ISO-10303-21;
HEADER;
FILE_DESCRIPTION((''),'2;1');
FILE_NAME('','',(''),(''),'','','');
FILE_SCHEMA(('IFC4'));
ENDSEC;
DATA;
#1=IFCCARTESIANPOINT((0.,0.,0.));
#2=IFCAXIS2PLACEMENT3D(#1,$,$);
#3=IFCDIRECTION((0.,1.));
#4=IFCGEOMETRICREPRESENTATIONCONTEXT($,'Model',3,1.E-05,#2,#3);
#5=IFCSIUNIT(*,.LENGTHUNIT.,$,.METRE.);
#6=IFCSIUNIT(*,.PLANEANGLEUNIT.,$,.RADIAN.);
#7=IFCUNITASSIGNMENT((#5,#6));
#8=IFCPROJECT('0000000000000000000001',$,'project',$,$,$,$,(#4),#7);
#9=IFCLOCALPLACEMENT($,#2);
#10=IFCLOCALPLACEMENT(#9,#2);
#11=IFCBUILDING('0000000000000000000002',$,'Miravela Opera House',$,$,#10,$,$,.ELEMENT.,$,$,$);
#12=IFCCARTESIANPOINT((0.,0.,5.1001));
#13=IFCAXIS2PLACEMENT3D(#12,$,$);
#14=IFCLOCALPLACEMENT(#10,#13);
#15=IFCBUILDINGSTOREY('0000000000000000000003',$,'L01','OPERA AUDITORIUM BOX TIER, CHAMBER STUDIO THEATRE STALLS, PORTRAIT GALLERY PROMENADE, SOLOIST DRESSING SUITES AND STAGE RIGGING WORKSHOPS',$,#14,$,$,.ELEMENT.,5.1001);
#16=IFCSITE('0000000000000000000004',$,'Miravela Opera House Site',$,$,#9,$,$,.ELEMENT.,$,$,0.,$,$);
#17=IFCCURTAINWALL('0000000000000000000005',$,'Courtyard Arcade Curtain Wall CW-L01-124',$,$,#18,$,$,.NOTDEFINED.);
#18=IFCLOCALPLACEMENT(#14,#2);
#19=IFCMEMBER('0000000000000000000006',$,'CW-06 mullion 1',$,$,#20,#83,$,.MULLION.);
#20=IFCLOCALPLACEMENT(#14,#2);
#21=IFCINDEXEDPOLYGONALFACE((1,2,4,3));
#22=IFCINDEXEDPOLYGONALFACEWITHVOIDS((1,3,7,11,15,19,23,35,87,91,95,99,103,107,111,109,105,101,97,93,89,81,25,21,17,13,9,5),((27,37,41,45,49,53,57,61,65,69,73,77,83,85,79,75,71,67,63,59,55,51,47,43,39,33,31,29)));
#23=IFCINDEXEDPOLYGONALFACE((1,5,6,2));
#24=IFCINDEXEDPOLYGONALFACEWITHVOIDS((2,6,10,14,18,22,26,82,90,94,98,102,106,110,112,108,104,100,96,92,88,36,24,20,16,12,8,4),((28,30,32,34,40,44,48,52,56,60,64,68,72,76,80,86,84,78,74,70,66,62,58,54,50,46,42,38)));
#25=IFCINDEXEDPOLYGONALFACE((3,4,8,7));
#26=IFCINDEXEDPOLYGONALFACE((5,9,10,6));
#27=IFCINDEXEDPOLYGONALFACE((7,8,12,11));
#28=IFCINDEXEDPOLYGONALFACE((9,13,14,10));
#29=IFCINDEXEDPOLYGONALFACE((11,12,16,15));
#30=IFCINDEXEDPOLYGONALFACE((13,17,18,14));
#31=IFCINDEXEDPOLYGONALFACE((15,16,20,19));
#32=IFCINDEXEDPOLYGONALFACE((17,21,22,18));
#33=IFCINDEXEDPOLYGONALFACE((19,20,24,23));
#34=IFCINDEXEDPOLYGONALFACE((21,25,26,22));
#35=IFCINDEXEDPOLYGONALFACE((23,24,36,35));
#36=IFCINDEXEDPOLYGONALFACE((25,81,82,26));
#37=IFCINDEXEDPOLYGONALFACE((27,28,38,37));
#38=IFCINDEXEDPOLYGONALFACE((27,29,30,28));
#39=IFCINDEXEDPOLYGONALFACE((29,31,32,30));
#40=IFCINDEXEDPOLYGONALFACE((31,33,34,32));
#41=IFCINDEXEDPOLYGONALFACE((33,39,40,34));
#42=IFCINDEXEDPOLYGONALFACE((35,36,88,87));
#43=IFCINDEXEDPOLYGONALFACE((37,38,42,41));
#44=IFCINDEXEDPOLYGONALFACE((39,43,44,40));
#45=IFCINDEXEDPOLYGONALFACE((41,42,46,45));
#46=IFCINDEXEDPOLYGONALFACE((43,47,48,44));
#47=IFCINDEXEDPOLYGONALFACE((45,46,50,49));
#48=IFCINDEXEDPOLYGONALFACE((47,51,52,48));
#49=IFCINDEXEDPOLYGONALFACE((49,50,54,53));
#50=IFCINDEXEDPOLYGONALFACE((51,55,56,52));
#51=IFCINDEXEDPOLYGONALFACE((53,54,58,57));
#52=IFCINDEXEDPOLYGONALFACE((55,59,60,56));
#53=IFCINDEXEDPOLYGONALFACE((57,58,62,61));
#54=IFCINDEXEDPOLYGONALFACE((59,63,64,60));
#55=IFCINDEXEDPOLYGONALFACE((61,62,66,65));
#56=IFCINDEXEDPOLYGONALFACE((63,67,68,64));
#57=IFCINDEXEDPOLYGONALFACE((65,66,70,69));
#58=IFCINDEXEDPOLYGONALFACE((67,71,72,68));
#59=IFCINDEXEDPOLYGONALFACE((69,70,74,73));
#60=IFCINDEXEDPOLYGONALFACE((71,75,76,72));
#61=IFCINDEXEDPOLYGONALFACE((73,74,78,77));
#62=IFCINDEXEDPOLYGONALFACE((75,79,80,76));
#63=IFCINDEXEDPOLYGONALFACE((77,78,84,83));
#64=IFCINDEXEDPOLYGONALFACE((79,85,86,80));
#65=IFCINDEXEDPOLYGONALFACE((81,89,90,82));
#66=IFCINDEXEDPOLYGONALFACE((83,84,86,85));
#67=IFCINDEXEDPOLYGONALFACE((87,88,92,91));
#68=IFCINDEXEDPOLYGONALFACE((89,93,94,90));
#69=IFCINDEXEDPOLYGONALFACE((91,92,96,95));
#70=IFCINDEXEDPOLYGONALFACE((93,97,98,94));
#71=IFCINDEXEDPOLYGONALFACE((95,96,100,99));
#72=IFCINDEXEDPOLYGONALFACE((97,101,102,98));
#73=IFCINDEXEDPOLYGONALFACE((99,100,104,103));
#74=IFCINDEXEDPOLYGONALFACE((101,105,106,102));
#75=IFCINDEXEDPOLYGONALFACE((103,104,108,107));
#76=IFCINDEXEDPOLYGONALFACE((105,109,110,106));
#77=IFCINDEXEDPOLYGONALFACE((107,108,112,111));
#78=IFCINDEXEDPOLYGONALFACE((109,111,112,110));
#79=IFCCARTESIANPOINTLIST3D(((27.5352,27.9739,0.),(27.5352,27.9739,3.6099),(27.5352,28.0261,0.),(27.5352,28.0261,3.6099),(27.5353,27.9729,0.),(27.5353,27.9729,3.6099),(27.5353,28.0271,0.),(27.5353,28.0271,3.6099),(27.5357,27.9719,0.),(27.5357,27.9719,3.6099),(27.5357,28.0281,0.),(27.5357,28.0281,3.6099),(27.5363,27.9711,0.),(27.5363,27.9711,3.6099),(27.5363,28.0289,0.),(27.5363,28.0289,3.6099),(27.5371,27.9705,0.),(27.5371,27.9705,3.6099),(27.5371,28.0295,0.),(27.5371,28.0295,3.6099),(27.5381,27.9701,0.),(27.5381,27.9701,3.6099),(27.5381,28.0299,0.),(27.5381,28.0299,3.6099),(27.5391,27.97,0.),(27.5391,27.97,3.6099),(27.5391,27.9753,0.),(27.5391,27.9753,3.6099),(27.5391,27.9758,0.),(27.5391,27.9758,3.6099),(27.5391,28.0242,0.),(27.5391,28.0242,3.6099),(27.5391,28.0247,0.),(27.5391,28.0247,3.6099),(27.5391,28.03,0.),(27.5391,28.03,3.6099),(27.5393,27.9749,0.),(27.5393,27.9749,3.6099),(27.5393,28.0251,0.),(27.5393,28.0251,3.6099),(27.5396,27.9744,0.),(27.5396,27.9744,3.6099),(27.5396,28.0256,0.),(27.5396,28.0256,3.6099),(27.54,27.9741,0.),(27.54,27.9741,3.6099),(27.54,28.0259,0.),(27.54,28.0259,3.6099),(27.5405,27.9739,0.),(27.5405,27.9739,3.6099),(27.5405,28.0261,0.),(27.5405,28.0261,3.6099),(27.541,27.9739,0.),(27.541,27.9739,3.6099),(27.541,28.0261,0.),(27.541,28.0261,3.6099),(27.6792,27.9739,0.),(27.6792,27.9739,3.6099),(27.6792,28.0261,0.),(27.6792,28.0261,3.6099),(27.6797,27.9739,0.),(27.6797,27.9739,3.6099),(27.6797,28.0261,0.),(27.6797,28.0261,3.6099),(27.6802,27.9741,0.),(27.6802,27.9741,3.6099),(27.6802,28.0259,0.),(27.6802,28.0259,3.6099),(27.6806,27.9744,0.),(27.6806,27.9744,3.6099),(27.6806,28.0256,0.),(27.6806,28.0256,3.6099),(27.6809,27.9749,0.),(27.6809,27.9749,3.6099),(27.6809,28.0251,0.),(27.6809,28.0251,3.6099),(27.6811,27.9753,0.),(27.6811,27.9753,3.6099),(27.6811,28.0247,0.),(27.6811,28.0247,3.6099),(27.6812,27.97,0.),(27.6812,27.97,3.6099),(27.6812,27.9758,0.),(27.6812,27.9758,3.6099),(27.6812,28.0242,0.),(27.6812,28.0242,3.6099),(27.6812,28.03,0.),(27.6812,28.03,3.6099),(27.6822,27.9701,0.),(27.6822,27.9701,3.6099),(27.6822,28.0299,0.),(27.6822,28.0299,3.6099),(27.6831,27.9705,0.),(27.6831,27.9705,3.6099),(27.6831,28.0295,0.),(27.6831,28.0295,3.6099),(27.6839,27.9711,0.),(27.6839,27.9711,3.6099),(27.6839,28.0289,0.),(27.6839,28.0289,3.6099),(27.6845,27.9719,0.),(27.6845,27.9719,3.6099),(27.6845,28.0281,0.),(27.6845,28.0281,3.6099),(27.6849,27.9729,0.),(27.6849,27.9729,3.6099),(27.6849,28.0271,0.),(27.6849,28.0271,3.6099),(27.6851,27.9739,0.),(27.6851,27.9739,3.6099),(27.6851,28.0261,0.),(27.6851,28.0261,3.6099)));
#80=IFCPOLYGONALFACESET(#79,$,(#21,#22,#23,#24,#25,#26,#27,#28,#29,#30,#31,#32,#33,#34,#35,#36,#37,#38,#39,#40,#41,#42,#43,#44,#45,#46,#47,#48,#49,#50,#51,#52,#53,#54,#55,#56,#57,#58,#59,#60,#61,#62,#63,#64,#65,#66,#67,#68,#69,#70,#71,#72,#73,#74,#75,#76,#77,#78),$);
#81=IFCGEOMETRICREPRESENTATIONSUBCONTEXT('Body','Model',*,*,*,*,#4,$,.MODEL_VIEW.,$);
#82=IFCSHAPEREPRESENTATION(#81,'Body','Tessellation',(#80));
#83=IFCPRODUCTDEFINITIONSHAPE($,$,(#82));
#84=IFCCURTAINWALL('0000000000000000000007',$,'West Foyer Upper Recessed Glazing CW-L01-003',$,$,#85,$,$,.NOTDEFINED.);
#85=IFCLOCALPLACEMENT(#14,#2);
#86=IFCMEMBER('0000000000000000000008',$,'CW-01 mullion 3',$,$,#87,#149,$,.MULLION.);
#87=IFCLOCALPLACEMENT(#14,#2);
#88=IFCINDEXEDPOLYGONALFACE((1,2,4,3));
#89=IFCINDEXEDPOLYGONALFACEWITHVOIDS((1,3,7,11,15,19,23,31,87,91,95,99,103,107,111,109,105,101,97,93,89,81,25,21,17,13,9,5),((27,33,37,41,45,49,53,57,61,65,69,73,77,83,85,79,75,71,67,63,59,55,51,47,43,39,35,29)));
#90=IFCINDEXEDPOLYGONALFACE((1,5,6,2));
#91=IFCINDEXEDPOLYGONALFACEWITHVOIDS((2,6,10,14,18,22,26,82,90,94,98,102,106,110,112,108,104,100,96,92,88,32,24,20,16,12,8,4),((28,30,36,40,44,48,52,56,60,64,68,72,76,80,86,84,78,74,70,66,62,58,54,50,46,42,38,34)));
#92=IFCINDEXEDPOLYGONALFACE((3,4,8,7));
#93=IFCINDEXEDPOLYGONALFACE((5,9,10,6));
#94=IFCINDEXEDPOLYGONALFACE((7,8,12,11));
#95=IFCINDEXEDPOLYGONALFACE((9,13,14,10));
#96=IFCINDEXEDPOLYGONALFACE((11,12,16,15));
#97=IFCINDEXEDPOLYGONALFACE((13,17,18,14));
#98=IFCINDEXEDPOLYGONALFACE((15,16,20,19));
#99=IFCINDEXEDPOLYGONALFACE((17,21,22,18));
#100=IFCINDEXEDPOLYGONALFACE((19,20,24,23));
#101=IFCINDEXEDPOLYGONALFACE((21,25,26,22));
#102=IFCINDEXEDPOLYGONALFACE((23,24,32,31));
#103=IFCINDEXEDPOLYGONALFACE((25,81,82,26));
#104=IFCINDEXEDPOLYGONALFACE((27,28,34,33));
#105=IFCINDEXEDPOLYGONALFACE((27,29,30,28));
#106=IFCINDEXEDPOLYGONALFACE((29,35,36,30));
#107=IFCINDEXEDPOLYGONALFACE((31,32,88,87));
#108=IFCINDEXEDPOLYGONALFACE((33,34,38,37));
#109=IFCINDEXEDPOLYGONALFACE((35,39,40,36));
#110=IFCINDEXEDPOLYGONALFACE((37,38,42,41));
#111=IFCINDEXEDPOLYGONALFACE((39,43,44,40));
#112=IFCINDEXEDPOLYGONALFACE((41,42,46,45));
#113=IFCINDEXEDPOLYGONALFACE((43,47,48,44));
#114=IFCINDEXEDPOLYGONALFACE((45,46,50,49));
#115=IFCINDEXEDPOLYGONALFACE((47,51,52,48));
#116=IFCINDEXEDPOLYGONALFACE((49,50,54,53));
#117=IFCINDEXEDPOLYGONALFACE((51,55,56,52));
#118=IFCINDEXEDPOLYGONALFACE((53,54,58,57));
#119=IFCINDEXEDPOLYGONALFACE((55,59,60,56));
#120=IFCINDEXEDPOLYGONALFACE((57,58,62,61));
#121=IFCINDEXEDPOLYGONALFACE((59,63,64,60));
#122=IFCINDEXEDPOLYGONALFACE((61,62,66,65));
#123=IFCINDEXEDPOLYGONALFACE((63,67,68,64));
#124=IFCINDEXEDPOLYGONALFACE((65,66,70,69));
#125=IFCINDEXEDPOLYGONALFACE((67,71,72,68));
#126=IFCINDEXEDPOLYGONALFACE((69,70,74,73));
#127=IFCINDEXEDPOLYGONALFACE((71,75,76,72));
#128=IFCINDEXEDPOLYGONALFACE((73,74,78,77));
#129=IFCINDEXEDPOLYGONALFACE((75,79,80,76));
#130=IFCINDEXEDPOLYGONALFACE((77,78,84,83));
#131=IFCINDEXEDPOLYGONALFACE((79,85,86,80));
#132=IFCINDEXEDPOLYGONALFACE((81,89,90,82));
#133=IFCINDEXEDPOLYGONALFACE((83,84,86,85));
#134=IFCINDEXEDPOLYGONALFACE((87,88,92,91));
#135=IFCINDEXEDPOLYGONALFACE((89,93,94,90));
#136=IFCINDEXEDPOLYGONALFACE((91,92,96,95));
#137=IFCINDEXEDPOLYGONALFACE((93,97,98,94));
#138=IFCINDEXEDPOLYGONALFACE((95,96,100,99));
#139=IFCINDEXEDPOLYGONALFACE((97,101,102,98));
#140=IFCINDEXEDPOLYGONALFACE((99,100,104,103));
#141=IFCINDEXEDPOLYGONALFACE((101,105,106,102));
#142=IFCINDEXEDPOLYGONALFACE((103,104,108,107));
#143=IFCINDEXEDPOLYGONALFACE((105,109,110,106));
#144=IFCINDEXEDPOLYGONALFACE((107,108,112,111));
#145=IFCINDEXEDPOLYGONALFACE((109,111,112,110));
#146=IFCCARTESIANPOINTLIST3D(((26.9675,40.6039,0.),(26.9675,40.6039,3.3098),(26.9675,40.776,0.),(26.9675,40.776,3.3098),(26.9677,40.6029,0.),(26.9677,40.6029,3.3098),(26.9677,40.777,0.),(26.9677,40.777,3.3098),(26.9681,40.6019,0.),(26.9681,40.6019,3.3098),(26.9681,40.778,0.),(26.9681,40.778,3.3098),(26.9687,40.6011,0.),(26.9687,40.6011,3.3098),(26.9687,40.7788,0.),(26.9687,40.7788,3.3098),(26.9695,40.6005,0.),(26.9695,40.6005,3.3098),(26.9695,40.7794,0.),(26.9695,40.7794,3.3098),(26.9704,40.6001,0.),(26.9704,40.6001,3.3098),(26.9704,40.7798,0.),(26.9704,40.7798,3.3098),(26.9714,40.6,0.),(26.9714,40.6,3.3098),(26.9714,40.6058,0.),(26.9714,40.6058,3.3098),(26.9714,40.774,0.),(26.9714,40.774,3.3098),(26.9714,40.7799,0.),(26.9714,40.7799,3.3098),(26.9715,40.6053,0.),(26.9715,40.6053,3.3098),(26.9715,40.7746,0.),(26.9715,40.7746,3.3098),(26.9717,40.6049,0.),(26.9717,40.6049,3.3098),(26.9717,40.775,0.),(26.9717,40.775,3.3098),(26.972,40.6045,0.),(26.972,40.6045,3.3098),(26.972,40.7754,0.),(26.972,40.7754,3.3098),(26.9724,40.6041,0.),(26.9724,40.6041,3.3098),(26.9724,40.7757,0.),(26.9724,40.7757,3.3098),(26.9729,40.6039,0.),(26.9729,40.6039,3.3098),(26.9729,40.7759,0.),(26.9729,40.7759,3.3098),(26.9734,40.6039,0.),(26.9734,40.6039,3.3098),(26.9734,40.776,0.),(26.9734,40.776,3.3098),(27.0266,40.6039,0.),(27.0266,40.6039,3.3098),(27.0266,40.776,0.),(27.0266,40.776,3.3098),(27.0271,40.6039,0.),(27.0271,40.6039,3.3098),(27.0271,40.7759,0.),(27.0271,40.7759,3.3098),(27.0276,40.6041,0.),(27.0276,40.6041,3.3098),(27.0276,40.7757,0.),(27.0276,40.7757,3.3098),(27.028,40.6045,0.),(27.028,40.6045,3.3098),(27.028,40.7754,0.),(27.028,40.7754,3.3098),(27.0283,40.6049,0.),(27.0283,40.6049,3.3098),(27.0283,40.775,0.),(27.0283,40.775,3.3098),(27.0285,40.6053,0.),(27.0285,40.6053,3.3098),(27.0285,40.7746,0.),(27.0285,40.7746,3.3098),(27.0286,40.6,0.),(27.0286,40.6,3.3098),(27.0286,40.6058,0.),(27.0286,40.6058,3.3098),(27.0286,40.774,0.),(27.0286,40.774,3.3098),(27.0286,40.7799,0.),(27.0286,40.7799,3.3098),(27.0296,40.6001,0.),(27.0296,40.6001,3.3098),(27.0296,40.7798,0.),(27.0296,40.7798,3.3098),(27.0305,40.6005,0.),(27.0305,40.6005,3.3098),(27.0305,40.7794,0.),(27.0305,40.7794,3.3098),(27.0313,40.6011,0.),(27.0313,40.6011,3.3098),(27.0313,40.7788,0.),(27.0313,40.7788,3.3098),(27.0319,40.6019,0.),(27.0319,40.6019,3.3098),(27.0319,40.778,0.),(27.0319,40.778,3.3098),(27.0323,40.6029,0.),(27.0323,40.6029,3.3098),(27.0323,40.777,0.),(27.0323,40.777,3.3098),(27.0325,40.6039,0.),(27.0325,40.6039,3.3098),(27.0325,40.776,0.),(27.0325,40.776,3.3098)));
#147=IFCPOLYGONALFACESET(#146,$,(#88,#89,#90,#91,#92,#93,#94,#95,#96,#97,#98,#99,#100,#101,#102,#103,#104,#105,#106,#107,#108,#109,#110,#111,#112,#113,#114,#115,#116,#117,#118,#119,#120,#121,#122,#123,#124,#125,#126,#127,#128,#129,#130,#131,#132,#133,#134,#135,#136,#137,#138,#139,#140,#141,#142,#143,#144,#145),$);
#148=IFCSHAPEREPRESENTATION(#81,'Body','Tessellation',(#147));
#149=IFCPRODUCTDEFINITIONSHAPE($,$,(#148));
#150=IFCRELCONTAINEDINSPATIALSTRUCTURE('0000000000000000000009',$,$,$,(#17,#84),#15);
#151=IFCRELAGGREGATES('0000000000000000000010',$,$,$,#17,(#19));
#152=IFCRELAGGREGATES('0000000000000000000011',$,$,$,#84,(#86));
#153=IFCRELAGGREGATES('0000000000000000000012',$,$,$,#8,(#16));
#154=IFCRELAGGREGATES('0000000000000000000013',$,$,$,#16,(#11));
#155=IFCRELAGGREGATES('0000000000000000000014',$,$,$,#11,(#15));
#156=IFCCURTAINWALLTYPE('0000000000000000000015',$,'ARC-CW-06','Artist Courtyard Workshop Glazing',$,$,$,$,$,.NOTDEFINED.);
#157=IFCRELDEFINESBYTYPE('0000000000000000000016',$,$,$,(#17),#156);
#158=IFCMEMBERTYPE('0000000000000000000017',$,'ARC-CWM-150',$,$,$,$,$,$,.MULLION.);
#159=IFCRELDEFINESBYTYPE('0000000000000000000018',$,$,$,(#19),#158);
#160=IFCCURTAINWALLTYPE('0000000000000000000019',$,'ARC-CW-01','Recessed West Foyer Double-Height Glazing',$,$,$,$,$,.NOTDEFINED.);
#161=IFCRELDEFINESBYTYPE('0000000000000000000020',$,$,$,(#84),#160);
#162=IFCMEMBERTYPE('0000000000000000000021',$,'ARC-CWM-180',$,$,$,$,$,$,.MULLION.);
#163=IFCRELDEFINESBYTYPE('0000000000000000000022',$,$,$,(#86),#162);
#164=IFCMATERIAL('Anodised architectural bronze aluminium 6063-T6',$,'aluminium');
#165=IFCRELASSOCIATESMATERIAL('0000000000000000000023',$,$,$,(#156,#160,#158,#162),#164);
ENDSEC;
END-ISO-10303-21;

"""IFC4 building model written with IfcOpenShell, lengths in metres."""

from ifc_helpers import new_model, si_unit, direction, frame, origin, origin_2d, place, context, subcontext, project, spatial, hollow_rectangle, extrude, material, material_profile, profile_set, type_object, element, aggregate, save


model = new_model("IFC4")

# Units and contexts
model_context = context("Model", 3, precision=1e-05, world=origin(), true_north=direction((0.0, 1.0)))
body_context = subcontext(model_context, "Body", "Model", "MODEL_VIEW")
ifc_project = project(units=[si_unit("LENGTHUNIT", "METRE"), si_unit("PLANEANGLEUNIT", "RADIAN")], contexts=[model_context])

# Site, building, storey
site_placement = place(None, origin())
site = spatial("IfcSite", under=ifc_project, at=site_placement, Name="Miravela Opera House Site", CompositionType="ELEMENT", RefElevation=0.0)
building_placement = place(site_placement, origin())
building = spatial("IfcBuilding", under=site, at=building_placement, Name="Miravela Opera House", CompositionType="ELEMENT")
storey_placement = place(building_placement, frame((0.0, 0.0, 5.1001)))
storey = spatial("IfcBuildingStorey", under=building, at=storey_placement, Name="L01", Description="OPERA AUDITORIUM BOX TIER, CHAMBER STUDIO THEATRE STALLS, PORTRAIT GALLERY PROMENADE, SOLOIST DRESSING SUITES AND STAGE RIGGING WORKSHOPS", CompositionType="ELEMENT", Elevation=5.1001)

# Curtain wall, member
ifc_material_1 = material(Name="Anodised architectural bronze aluminium 6063-T6", Category="aluminium")
curtain_wall_type_1 = type_object("IfcCurtainWallType", Name="ARC-CW-06", Description="Artist Courtyard Workshop Glazing", PredefinedType="NOTDEFINED", material=ifc_material_1)
curtain_wall_1_placement = place(storey_placement, origin())
curtain_wall_1 = element("IfcCurtainWall", 1, at=curtain_wall_1_placement, inside=storey, type_object=curtain_wall_type_1, Name="Courtyard Arcade Curtain Wall CW-L01-124", PredefinedType="NOTDEFINED")
ifc_material_profile_1 = material_profile(ifc_material_1, hollow_rectangle(XDim=0.0601, YDim=0.1499, WallThickness=0.0039, InnerFilletRadius=0.002, OuterFilletRadius=0.0039, at=origin_2d()), Name="CWM-60X150")
ifc_profile_set_1 = profile_set([ifc_material_profile_1])
member_type_1 = type_object("IfcMemberType", Name="ARC-CWM-150", PredefinedType="MULLION", material=ifc_profile_set_1)
member_1_placement = place(storey_placement, frame((27.6101, 28.0, 0.0), z_axis=(0.0, 0.0, 1.0), x_axis=(0.0, 1.0, 0.0)))
member_1 = element("IfcMember", 2, at=member_1_placement, type_object=member_type_1, Name="CW-06 mullion 1", PredefinedType="MULLION", context=body_context, shape_type="SweptSolid", body=[
    extrude(hollow_rectangle(XDim=0.0601, YDim=0.1499, WallThickness=0.0039, InnerFilletRadius=0.002, OuterFilletRadius=0.0039, at=origin_2d()), origin(), (0.0, 0.0, 1.0), 3.6099),
])

# Curtain wall, member
curtain_wall_type_2 = type_object("IfcCurtainWallType", Name="ARC-CW-01", Description="Recessed West Foyer Double-Height Glazing", PredefinedType="NOTDEFINED", material=ifc_material_1)
curtain_wall_2_placement = place(storey_placement, origin())
curtain_wall_2 = element("IfcCurtainWall", 3, at=curtain_wall_2_placement, inside=storey, type_object=curtain_wall_type_2, Name="West Foyer Upper Recessed Glazing CW-L01-003", PredefinedType="NOTDEFINED")
ifc_material_profile_2 = material_profile(ifc_material_1, hollow_rectangle(XDim=0.0649, YDim=0.1799, WallThickness=0.0039, InnerFilletRadius=0.002, OuterFilletRadius=0.0039, at=origin_2d()), Name="CWM-65X180")
ifc_profile_set_2 = profile_set([ifc_material_profile_2])
member_type_2 = type_object("IfcMemberType", Name="ARC-CWM-180", PredefinedType="MULLION", material=ifc_profile_set_2)
member_2_placement = place(storey_placement, frame((27.0, 40.6899, 0.0), z_axis=(0.0, 0.0, 1.0), x_axis=(-1.0, 0.0, 0.0)))
member_2 = element("IfcMember", 4, at=member_2_placement, type_object=member_type_2, Name="CW-01 mullion 3", PredefinedType="MULLION", context=body_context, shape_type="SweptSolid", body=[
    extrude(hollow_rectangle(XDim=0.0649, YDim=0.1799, WallThickness=0.0039, InnerFilletRadius=0.002, OuterFilletRadius=0.0039, at=origin_2d()), origin(), (0.0, 0.0, 1.0), 3.3098),
])

aggregate(curtain_wall_1, [member_1])

aggregate(curtain_wall_2, [member_2])

save(model, "model.ifc")
